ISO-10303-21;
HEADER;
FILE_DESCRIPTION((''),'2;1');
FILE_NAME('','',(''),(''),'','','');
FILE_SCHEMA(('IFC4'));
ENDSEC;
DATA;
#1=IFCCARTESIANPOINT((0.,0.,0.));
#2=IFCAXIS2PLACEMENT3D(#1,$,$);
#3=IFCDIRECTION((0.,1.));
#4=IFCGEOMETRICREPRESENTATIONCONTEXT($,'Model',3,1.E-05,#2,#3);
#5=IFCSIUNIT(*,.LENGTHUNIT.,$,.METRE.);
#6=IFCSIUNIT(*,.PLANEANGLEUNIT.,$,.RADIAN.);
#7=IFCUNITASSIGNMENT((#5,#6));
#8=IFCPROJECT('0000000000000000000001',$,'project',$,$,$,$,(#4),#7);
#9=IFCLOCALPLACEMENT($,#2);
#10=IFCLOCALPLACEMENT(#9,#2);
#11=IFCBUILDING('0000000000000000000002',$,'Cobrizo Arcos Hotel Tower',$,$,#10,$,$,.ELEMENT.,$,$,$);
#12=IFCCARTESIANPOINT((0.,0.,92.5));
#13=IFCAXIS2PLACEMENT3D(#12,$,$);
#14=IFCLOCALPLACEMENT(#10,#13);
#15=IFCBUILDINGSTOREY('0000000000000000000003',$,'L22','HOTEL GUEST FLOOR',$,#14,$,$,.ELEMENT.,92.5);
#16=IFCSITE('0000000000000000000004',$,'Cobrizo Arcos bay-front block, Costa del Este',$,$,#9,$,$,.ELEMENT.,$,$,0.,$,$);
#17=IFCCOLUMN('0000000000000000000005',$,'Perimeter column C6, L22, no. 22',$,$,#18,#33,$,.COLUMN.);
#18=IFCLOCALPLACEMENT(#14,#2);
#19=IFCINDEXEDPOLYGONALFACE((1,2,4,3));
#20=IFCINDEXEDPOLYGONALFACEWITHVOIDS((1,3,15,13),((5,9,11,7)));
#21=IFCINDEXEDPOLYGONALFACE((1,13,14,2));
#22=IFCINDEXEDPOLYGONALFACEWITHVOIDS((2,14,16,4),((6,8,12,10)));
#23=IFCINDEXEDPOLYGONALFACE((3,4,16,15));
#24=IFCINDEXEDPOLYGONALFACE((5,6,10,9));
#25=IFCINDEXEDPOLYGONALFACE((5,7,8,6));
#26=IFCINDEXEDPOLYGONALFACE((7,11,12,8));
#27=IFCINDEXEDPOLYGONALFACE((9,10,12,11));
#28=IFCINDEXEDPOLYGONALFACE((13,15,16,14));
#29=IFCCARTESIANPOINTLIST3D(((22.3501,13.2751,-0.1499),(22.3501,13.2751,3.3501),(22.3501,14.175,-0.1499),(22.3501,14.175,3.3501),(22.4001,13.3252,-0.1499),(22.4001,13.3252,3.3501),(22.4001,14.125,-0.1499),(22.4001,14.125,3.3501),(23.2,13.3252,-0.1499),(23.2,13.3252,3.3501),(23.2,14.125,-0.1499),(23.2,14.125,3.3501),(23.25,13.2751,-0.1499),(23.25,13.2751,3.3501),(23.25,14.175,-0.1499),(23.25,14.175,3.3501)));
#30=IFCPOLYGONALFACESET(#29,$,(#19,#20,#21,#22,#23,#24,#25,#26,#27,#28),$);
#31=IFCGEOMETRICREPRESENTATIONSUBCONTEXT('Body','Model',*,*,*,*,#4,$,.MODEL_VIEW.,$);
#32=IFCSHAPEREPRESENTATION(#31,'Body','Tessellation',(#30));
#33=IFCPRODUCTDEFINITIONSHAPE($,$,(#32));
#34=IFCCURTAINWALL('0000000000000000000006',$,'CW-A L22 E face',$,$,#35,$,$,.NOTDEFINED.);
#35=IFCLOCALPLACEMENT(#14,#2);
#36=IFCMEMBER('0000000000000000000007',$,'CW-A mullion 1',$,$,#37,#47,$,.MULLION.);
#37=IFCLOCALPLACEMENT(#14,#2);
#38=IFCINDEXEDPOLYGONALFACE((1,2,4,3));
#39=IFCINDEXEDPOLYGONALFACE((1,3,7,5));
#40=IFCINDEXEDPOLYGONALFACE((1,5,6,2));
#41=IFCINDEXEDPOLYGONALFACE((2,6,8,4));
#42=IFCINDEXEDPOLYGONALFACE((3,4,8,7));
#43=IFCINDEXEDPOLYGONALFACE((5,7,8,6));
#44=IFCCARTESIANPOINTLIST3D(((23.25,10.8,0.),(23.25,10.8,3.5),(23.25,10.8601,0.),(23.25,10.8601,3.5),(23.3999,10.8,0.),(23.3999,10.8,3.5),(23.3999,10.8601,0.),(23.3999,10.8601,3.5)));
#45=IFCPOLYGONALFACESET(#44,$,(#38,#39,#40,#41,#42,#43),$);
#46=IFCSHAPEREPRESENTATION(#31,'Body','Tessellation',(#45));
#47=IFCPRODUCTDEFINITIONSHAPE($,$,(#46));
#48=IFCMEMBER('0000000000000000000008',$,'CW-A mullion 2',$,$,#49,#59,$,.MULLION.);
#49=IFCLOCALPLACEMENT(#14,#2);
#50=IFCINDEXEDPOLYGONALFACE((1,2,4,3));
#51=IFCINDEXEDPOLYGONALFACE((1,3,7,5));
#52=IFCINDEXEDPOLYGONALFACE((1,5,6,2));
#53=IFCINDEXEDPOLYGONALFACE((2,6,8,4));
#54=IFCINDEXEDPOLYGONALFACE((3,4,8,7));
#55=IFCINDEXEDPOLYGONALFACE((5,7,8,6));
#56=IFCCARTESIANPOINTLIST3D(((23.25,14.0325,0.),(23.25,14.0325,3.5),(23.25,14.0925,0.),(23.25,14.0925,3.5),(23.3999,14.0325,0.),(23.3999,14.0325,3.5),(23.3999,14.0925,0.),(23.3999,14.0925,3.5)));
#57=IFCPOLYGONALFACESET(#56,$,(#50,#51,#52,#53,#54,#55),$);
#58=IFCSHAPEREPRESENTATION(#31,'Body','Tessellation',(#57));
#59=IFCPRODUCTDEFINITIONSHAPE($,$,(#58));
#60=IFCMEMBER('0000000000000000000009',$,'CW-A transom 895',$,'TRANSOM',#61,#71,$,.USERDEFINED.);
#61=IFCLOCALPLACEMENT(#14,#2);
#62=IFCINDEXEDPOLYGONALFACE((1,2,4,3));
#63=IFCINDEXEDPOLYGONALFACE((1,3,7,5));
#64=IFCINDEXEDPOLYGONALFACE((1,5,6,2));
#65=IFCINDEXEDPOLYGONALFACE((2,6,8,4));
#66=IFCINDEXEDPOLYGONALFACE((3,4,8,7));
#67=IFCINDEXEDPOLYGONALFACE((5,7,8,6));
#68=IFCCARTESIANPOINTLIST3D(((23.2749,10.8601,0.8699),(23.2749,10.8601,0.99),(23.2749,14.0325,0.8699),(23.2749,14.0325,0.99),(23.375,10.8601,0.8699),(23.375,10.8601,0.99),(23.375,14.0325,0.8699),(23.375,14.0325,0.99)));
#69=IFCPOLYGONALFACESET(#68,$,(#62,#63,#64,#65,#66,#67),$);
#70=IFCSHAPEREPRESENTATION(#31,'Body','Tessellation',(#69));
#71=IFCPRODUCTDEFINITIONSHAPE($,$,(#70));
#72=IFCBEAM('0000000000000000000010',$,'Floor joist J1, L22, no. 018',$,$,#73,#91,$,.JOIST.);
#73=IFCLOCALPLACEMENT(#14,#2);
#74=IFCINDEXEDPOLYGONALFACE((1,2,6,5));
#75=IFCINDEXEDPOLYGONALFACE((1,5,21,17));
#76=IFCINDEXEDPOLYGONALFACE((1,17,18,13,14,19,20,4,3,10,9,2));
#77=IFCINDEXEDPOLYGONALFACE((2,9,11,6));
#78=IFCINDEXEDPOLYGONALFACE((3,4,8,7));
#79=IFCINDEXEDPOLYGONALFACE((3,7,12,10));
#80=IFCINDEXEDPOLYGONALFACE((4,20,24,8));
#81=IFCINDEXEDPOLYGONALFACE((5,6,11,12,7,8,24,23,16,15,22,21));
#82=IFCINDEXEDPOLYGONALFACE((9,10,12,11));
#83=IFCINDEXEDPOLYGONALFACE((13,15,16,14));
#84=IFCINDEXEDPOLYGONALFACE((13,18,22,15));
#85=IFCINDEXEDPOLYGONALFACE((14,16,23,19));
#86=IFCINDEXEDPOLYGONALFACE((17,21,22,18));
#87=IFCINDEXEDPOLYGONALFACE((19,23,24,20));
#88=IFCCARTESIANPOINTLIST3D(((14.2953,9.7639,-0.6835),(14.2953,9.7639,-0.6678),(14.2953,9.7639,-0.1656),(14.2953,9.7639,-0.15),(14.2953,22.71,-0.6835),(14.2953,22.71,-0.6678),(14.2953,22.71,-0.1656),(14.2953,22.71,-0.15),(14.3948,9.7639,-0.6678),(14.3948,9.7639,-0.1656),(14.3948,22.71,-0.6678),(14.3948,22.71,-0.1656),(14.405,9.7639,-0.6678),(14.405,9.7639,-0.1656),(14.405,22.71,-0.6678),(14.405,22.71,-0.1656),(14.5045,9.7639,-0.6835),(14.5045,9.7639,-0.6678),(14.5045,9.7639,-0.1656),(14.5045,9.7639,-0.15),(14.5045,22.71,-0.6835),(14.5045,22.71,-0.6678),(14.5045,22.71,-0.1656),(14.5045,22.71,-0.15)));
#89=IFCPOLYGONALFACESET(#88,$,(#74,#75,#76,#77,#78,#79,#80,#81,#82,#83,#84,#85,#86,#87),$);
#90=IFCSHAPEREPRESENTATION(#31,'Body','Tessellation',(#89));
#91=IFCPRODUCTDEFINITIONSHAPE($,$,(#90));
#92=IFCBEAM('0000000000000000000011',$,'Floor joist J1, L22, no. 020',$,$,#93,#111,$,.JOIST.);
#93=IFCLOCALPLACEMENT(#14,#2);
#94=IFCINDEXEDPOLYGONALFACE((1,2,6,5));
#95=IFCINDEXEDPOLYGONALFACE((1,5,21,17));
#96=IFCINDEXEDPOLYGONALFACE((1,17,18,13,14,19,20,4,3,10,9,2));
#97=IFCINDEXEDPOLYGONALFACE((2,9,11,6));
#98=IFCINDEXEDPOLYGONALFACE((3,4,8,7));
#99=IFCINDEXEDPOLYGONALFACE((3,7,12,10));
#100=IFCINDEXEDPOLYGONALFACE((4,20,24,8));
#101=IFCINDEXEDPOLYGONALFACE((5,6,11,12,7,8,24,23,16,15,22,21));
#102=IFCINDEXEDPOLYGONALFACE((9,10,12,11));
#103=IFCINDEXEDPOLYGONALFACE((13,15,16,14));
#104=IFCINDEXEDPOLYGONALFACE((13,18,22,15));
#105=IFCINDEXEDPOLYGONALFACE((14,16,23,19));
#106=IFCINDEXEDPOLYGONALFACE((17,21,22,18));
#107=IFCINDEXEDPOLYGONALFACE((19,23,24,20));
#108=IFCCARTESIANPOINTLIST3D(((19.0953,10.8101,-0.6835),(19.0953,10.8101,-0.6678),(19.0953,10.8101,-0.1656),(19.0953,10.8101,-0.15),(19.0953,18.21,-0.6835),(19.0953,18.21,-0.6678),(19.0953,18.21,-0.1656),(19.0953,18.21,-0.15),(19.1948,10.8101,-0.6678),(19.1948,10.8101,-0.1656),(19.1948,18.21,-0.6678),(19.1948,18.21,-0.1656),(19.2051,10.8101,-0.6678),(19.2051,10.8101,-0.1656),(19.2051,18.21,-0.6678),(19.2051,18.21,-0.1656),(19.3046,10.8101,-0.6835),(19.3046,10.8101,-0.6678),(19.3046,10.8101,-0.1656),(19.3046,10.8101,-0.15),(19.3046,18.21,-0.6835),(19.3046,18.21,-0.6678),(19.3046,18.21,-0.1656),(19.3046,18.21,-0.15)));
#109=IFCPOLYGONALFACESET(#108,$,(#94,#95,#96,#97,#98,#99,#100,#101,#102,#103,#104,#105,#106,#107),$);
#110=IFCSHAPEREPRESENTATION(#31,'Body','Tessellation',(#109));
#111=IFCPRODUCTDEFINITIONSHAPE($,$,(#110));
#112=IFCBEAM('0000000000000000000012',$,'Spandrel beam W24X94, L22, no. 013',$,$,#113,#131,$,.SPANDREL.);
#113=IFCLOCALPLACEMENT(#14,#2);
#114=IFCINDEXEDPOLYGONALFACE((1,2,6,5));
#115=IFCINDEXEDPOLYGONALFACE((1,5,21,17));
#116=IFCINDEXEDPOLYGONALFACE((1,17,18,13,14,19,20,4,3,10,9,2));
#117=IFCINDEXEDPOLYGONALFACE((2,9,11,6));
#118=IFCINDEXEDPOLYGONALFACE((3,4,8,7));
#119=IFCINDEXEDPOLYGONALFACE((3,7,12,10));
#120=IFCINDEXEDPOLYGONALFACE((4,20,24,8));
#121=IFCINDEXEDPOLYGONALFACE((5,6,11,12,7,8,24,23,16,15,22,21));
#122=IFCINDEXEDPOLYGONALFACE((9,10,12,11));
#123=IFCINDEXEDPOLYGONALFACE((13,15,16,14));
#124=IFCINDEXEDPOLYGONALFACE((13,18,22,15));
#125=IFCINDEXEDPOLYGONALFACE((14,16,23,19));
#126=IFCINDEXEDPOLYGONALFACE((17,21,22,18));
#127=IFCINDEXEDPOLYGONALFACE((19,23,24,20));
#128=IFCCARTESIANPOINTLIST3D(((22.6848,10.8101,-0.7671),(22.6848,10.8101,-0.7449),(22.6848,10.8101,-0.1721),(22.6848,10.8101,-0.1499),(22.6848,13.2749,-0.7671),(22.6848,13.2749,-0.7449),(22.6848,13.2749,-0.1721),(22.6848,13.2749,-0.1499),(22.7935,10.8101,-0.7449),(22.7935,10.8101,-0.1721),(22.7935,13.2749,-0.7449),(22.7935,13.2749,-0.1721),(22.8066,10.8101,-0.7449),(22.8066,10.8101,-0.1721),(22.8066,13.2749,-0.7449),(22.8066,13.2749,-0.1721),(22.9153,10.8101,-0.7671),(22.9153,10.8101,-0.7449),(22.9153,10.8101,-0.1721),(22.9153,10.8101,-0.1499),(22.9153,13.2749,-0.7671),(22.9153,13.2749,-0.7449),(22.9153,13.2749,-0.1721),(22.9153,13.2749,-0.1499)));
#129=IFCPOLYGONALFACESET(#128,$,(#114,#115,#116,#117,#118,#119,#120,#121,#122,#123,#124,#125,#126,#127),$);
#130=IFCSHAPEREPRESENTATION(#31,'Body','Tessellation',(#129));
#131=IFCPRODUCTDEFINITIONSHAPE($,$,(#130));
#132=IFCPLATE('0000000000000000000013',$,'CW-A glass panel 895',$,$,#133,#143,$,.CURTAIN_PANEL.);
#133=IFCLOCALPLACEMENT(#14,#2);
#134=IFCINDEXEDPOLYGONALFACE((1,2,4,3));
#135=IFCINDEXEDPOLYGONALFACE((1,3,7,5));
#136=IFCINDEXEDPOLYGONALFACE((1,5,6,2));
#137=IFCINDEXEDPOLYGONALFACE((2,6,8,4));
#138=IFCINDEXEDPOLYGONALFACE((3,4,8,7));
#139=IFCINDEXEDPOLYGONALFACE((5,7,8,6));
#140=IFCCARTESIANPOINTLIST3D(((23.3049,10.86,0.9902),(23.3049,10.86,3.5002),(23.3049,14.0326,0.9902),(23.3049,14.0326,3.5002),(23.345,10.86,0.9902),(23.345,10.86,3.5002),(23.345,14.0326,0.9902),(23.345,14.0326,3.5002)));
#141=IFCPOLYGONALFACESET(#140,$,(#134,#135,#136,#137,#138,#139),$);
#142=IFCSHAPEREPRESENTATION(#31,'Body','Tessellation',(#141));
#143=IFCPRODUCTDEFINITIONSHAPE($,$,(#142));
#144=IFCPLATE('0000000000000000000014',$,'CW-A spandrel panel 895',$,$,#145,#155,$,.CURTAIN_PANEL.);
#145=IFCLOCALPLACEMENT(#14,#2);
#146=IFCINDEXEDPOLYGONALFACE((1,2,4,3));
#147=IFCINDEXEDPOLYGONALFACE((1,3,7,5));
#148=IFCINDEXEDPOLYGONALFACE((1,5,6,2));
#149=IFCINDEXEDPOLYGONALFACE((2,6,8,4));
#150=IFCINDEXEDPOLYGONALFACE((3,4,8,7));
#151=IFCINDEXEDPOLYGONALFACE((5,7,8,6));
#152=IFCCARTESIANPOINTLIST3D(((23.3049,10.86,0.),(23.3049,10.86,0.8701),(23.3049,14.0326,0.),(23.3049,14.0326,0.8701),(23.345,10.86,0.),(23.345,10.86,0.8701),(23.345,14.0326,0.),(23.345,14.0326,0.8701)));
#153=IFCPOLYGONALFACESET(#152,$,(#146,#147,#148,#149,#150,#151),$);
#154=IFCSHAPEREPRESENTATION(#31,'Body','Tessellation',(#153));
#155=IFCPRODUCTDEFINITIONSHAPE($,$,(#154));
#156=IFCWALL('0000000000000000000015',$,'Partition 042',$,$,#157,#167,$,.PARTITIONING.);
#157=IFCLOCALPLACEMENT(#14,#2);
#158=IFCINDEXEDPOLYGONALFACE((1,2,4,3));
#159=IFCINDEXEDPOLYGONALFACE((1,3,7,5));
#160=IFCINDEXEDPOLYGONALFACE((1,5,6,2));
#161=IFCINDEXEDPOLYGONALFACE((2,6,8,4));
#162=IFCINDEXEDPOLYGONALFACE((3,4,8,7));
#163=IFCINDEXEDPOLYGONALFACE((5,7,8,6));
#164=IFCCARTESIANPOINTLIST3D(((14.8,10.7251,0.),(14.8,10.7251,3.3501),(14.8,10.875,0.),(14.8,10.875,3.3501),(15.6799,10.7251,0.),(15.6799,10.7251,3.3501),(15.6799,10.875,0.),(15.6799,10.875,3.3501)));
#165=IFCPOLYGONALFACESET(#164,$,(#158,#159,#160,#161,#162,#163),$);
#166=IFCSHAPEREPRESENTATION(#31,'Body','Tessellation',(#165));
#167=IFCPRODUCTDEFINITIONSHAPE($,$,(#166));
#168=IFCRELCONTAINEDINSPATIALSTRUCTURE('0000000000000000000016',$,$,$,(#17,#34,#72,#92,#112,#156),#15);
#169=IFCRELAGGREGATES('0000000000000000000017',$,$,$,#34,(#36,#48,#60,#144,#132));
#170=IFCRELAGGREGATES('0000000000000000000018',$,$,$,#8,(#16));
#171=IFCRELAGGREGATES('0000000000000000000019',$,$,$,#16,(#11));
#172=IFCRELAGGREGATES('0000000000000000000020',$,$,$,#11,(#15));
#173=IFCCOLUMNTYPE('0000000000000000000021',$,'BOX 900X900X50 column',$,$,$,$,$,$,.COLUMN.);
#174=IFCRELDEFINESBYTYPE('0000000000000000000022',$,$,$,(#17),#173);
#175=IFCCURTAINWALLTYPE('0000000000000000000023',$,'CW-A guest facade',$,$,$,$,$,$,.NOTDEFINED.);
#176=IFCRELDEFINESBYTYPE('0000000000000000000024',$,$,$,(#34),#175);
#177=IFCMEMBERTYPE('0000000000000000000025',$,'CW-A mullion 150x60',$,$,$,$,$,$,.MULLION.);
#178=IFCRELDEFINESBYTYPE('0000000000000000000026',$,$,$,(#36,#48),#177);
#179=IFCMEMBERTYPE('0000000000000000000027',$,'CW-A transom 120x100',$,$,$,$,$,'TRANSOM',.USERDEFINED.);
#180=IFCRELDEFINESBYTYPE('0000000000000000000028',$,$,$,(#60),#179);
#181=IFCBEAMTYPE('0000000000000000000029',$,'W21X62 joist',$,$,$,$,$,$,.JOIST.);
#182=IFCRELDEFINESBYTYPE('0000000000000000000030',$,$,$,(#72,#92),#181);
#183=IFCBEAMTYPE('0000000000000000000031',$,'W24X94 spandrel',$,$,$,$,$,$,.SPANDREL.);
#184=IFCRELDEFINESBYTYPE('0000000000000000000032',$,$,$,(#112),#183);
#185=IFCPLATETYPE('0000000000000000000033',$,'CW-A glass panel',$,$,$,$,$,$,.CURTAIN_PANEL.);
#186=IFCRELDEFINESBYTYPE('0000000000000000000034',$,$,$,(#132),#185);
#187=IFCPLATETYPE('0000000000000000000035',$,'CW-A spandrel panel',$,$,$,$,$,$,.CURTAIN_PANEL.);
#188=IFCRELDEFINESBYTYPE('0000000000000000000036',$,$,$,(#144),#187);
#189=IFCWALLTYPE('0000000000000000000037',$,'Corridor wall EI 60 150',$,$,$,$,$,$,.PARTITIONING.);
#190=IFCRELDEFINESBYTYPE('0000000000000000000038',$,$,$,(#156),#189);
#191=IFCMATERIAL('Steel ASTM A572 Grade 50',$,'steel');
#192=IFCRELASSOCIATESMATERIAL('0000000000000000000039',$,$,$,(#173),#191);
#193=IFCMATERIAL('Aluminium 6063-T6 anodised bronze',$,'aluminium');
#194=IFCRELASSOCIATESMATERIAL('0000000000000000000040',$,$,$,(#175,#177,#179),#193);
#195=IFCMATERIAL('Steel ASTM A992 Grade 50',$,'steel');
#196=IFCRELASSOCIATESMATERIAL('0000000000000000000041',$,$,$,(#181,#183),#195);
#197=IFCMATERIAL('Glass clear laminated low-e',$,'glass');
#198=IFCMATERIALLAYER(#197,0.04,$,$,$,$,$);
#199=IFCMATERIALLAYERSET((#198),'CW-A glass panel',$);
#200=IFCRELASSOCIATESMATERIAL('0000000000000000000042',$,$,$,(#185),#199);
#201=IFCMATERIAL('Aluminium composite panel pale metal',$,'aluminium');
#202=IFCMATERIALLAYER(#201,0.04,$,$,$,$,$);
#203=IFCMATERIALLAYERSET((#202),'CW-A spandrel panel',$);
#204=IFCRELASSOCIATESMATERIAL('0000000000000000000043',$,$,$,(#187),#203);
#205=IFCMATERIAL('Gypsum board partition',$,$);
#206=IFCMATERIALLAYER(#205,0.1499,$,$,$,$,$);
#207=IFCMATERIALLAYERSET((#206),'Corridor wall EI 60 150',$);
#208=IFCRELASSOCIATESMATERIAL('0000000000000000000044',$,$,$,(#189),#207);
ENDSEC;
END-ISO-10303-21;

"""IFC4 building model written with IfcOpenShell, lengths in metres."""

from ifc_helpers import new_model, si_unit, direction, frame, frame_2d, origin, origin_2d, place, context, subcontext, project, spatial, rectangle, hollow_rectangle, i_section, extrude, material, layer, layer_set, material_profile, profile_set, type_object, element, aggregate, save


model = new_model("IFC4")

# Units and contexts
model_context = context("Model", 3, precision=1e-05, world=origin(), true_north=direction((0.0, 1.0)))
body_context = subcontext(model_context, "Body", "Model", "MODEL_VIEW")
ifc_project = project(units=[si_unit("LENGTHUNIT", "METRE"), si_unit("PLANEANGLEUNIT", "RADIAN")], contexts=[model_context])

# Site, building, storey
site_placement = place(None, origin())
site = spatial("IfcSite", under=ifc_project, at=site_placement, Name="Cobrizo Arcos bay-front block, Costa del Este", CompositionType="ELEMENT", RefElevation=0.0)
building_placement = place(site_placement, origin())
building = spatial("IfcBuilding", under=site, at=building_placement, Name="Cobrizo Arcos Hotel Tower", CompositionType="ELEMENT")
storey_placement = place(building_placement, frame((0.0, 0.0, 92.5)))
storey = spatial("IfcBuildingStorey", under=building, at=storey_placement, Name="L22", Description="HOTEL GUEST FLOOR", CompositionType="ELEMENT", Elevation=92.5)

# Column
ifc_material_1 = material(Name="Steel ASTM A572 Grade 50", Category="steel")
ifc_material_profile_1 = material_profile(ifc_material_1, hollow_rectangle(XDim=0.8999, YDim=0.8999, WallThickness=0.05, at=origin_2d()), Name="BOX 900X900X50")
ifc_profile_set_1 = profile_set([ifc_material_profile_1], Name="Steel ASTM A572 Grade 50")
column_type = type_object("IfcColumnType", Name="BOX 900X900X50 column", PredefinedType="COLUMN", material=ifc_profile_set_1)
column_placement = place(storey_placement, frame((22.8, 13.7251, -0.1499), z_axis=(0.0, 0.0, 1.0), x_axis=(1.0, 0.0, 0.0)))
element("IfcColumn", 1, at=column_placement, inside=storey, type_object=column_type, Name="Perimeter column C6, L22, no. 22", PredefinedType="COLUMN", context=body_context, shape_type="SweptSolid", body=[
    extrude(hollow_rectangle(XDim=0.8999, YDim=0.8999, WallThickness=0.05, at=origin_2d()), origin(), (0.0, 0.0, 1.0), 3.5),
])

# Curtain wall, members
ifc_material_2 = material(Name="Aluminium 6063-T6 anodised bronze", Category="aluminium")
curtain_wall_type = type_object("IfcCurtainWallType", Name="CW-A guest facade", PredefinedType="NOTDEFINED", material=ifc_material_2)
curtain_wall_placement = place(storey_placement, origin())
curtain_wall = element("IfcCurtainWall", 2, at=curtain_wall_placement, inside=storey, type_object=curtain_wall_type, Name="CW-A L22 E face", PredefinedType="NOTDEFINED")
ifc_material_profile_2 = material_profile(ifc_material_2, rectangle(XDim=0.1499, YDim=0.0601, at=origin_2d()), Name="CW-A mullion 150x60")
ifc_profile_set_2 = profile_set([ifc_material_profile_2], Name="Aluminium 6063-T6 anodised bronze")
member_type_1 = type_object("IfcMemberType", Name="CW-A mullion 150x60", PredefinedType="MULLION", material=ifc_profile_set_2)
member_1_placement = place(storey_placement, frame((23.325, 10.8301, 0.0), z_axis=(0.0, 0.0, 1.0), x_axis=(1.0, 0.0, 0.0)))
member_1 = element("IfcMember", 3, at=member_1_placement, type_object=member_type_1, Name="CW-A mullion 1", PredefinedType="MULLION", context=body_context, shape_type="SweptSolid", body=[
    extrude(rectangle(XDim=0.1499, YDim=0.0601, at=origin_2d()), origin(), (0.0, 0.0, 1.0), 3.5),
])
member_2_placement = place(storey_placement, frame((23.325, 14.0625, 0.0), z_axis=(0.0, 0.0, 1.0), x_axis=(1.0, 0.0, 0.0)))
member_2 = element("IfcMember", 4, at=member_2_placement, type_object=member_type_1, Name="CW-A mullion 2", PredefinedType="MULLION", context=body_context, shape_type="SweptSolid", body=[
    extrude(rectangle(XDim=0.1499, YDim=0.0601, at=origin_2d()), origin(), (0.0, 0.0, 1.0), 3.5),
])
ifc_material_profile_3 = material_profile(ifc_material_2, rectangle(XDim=0.1001, YDim=0.1201, at=origin_2d()), Name="CW-A transom 120x100")
ifc_profile_set_3 = profile_set([ifc_material_profile_3], Name="Aluminium 6063-T6 anodised bronze")
member_type_2 = type_object("IfcMemberType", Name="CW-A transom 120x100", ElementType="TRANSOM", PredefinedType="USERDEFINED", material=ifc_profile_set_3)
member_3_placement = place(storey_placement, frame((23.325, 10.8601, 0.9299), z_axis=(0.0, 1.0, 0.0), x_axis=(-1.0, 0.0, 0.0)))
member_3 = element("IfcMember", 5, at=member_3_placement, type_object=member_type_2, Name="CW-A transom 895", ObjectType="TRANSOM", PredefinedType="USERDEFINED", context=body_context, shape_type="SweptSolid", body=[
    extrude(rectangle(XDim=0.1001, YDim=0.1201, at=origin_2d()), origin(), (0.0, 0.0, 1.0), 3.1724),
])

# Beams
ifc_material_3 = material(Name="Steel ASTM A992 Grade 50", Category="steel")
ifc_material_profile_4 = material_profile(ifc_material_3, i_section(OverallWidth=0.2092, OverallDepth=0.5334, WebThickness=0.0103, FlangeThickness=0.0156, at=origin_2d()), Name="W21X62")
ifc_profile_set_4 = profile_set([ifc_material_profile_4], Name="Steel ASTM A992 Grade 50")
beam_type_1 = type_object("IfcBeamType", Name="W21X62 joist", PredefinedType="JOIST", material=ifc_profile_set_4)
beam_1_placement = place(storey_placement, frame((14.3999, 9.7639, -0.4167), z_axis=(0.0, 1.0, 0.0), x_axis=(-1.0, 0.0, 0.0)))
element("IfcBeam", 6, at=beam_1_placement, inside=storey, type_object=beam_type_1, Name="Floor joist J1, L22, no. 018", PredefinedType="JOIST", context=body_context, shape_type="SweptSolid", body=[
    extrude(i_section(OverallWidth=0.2092, OverallDepth=0.5334, WebThickness=0.0103, FlangeThickness=0.0156, at=origin_2d()), origin(), (0.0, 0.0, 1.0), 12.946),
])
beam_2_placement = place(storey_placement, frame((19.2, 10.8101, -0.4167), z_axis=(0.0, 1.0, 0.0), x_axis=(-1.0, 0.0, 0.0)))
element("IfcBeam", 7, at=beam_2_placement, inside=storey, type_object=beam_type_1, Name="Floor joist J1, L22, no. 020", PredefinedType="JOIST", context=body_context, shape_type="SweptSolid", body=[
    extrude(i_section(OverallWidth=0.2092, OverallDepth=0.5334, WebThickness=0.0103, FlangeThickness=0.0156, at=origin_2d()), origin(), (0.0, 0.0, 1.0), 7.3999),
])
ifc_material_profile_5 = material_profile(ifc_material_3, i_section(OverallWidth=0.2305, OverallDepth=0.6172, WebThickness=0.0132, FlangeThickness=0.0222, at=origin_2d()), Name="W24X94")
ifc_profile_set_5 = profile_set([ifc_material_profile_5], Name="Steel ASTM A992 Grade 50")
beam_type_2 = type_object("IfcBeamType", Name="W24X94 spandrel", PredefinedType="SPANDREL", material=ifc_profile_set_5)
beam_3_placement = place(storey_placement, frame((22.8, 10.8101, -0.4585), z_axis=(0.0, 1.0, 0.0), x_axis=(-1.0, 0.0, 0.0)))
element("IfcBeam", 8, at=beam_3_placement, inside=storey, type_object=beam_type_2, Name="Spandrel beam W24X94, L22, no. 013", PredefinedType="SPANDREL", context=body_context, shape_type="SweptSolid", body=[
    extrude(i_section(OverallWidth=0.2305, OverallDepth=0.6172, WebThickness=0.0132, FlangeThickness=0.0222, at=origin_2d()), origin(), (0.0, 0.0, 1.0), 2.4648),
])

# Plates
ifc_material_4 = material(Name="Glass clear laminated low-e", Category="glass")
ifc_layer_1 = layer(ifc_material_4, 0.04)
ifc_layer_set_1 = layer_set([ifc_layer_1], Name="CW-A glass panel")
plate_type_1 = type_object("IfcPlateType", Name="CW-A glass panel", PredefinedType="CURTAIN_PANEL", material=ifc_layer_set_1)
plate_1_placement = place(storey_placement, frame((23.325, 12.4463, 0.9902), z_axis=(0.0, 0.0, 1.0), x_axis=(0.0, 1.0, 0.0)))
plate_1 = element("IfcPlate", 9, at=plate_1_placement, type_object=plate_type_1, Name="CW-A glass panel 895", PredefinedType="CURTAIN_PANEL", context=body_context, shape_type="SweptSolid", body=[
    extrude(rectangle(XDim=3.1726, YDim=0.04, at=origin_2d()), origin(), (0.0, 0.0, 1.0), 2.51),
])
ifc_material_5 = material(Name="Aluminium composite panel pale metal", Category="aluminium")
ifc_layer_2 = layer(ifc_material_5, 0.04)
ifc_layer_set_2 = layer_set([ifc_layer_2], Name="CW-A spandrel panel")
plate_type_2 = type_object("IfcPlateType", Name="CW-A spandrel panel", PredefinedType="CURTAIN_PANEL", material=ifc_layer_set_2)
plate_2_placement = place(storey_placement, frame((23.325, 12.4463, 0.0), z_axis=(0.0, 0.0, 1.0), x_axis=(0.0, 1.0, 0.0)))
plate_2 = element("IfcPlate", 10, at=plate_2_placement, type_object=plate_type_2, Name="CW-A spandrel panel 895", PredefinedType="CURTAIN_PANEL", context=body_context, shape_type="SweptSolid", body=[
    extrude(rectangle(XDim=3.1726, YDim=0.04, at=origin_2d()), origin(), (0.0, 0.0, 1.0), 0.8701),
])
aggregate(curtain_wall, [member_1, member_2, member_3, plate_2, plate_1])

# Wall
ifc_material_6 = material(Name="Gypsum board partition")
ifc_layer_3 = layer(ifc_material_6, 0.1499)
ifc_layer_set_3 = layer_set([ifc_layer_3], Name="Corridor wall EI 60 150")
wall_type_1 = type_object("IfcWallType", Name="Corridor wall EI 60 150", PredefinedType="PARTITIONING", material=ifc_layer_set_3)
wall_1_placement = place(storey_placement, frame((14.8, 10.8, 0.0), z_axis=(0.0, 0.0, 1.0), x_axis=(1.0, 0.0, 0.0)))
element("IfcWall", 11, at=wall_1_placement, inside=storey, type_object=wall_type_1, Name="Partition 042", PredefinedType="PARTITIONING", context=body_context, shape_type="SweptSolid", body=[
    extrude(rectangle(XDim=0.8799, YDim=0.1499, at=frame_2d((0.4399, 0.0))), origin(), (0.0, 0.0, 1.0), 3.3501),
])

save(model, "model.ifc")
